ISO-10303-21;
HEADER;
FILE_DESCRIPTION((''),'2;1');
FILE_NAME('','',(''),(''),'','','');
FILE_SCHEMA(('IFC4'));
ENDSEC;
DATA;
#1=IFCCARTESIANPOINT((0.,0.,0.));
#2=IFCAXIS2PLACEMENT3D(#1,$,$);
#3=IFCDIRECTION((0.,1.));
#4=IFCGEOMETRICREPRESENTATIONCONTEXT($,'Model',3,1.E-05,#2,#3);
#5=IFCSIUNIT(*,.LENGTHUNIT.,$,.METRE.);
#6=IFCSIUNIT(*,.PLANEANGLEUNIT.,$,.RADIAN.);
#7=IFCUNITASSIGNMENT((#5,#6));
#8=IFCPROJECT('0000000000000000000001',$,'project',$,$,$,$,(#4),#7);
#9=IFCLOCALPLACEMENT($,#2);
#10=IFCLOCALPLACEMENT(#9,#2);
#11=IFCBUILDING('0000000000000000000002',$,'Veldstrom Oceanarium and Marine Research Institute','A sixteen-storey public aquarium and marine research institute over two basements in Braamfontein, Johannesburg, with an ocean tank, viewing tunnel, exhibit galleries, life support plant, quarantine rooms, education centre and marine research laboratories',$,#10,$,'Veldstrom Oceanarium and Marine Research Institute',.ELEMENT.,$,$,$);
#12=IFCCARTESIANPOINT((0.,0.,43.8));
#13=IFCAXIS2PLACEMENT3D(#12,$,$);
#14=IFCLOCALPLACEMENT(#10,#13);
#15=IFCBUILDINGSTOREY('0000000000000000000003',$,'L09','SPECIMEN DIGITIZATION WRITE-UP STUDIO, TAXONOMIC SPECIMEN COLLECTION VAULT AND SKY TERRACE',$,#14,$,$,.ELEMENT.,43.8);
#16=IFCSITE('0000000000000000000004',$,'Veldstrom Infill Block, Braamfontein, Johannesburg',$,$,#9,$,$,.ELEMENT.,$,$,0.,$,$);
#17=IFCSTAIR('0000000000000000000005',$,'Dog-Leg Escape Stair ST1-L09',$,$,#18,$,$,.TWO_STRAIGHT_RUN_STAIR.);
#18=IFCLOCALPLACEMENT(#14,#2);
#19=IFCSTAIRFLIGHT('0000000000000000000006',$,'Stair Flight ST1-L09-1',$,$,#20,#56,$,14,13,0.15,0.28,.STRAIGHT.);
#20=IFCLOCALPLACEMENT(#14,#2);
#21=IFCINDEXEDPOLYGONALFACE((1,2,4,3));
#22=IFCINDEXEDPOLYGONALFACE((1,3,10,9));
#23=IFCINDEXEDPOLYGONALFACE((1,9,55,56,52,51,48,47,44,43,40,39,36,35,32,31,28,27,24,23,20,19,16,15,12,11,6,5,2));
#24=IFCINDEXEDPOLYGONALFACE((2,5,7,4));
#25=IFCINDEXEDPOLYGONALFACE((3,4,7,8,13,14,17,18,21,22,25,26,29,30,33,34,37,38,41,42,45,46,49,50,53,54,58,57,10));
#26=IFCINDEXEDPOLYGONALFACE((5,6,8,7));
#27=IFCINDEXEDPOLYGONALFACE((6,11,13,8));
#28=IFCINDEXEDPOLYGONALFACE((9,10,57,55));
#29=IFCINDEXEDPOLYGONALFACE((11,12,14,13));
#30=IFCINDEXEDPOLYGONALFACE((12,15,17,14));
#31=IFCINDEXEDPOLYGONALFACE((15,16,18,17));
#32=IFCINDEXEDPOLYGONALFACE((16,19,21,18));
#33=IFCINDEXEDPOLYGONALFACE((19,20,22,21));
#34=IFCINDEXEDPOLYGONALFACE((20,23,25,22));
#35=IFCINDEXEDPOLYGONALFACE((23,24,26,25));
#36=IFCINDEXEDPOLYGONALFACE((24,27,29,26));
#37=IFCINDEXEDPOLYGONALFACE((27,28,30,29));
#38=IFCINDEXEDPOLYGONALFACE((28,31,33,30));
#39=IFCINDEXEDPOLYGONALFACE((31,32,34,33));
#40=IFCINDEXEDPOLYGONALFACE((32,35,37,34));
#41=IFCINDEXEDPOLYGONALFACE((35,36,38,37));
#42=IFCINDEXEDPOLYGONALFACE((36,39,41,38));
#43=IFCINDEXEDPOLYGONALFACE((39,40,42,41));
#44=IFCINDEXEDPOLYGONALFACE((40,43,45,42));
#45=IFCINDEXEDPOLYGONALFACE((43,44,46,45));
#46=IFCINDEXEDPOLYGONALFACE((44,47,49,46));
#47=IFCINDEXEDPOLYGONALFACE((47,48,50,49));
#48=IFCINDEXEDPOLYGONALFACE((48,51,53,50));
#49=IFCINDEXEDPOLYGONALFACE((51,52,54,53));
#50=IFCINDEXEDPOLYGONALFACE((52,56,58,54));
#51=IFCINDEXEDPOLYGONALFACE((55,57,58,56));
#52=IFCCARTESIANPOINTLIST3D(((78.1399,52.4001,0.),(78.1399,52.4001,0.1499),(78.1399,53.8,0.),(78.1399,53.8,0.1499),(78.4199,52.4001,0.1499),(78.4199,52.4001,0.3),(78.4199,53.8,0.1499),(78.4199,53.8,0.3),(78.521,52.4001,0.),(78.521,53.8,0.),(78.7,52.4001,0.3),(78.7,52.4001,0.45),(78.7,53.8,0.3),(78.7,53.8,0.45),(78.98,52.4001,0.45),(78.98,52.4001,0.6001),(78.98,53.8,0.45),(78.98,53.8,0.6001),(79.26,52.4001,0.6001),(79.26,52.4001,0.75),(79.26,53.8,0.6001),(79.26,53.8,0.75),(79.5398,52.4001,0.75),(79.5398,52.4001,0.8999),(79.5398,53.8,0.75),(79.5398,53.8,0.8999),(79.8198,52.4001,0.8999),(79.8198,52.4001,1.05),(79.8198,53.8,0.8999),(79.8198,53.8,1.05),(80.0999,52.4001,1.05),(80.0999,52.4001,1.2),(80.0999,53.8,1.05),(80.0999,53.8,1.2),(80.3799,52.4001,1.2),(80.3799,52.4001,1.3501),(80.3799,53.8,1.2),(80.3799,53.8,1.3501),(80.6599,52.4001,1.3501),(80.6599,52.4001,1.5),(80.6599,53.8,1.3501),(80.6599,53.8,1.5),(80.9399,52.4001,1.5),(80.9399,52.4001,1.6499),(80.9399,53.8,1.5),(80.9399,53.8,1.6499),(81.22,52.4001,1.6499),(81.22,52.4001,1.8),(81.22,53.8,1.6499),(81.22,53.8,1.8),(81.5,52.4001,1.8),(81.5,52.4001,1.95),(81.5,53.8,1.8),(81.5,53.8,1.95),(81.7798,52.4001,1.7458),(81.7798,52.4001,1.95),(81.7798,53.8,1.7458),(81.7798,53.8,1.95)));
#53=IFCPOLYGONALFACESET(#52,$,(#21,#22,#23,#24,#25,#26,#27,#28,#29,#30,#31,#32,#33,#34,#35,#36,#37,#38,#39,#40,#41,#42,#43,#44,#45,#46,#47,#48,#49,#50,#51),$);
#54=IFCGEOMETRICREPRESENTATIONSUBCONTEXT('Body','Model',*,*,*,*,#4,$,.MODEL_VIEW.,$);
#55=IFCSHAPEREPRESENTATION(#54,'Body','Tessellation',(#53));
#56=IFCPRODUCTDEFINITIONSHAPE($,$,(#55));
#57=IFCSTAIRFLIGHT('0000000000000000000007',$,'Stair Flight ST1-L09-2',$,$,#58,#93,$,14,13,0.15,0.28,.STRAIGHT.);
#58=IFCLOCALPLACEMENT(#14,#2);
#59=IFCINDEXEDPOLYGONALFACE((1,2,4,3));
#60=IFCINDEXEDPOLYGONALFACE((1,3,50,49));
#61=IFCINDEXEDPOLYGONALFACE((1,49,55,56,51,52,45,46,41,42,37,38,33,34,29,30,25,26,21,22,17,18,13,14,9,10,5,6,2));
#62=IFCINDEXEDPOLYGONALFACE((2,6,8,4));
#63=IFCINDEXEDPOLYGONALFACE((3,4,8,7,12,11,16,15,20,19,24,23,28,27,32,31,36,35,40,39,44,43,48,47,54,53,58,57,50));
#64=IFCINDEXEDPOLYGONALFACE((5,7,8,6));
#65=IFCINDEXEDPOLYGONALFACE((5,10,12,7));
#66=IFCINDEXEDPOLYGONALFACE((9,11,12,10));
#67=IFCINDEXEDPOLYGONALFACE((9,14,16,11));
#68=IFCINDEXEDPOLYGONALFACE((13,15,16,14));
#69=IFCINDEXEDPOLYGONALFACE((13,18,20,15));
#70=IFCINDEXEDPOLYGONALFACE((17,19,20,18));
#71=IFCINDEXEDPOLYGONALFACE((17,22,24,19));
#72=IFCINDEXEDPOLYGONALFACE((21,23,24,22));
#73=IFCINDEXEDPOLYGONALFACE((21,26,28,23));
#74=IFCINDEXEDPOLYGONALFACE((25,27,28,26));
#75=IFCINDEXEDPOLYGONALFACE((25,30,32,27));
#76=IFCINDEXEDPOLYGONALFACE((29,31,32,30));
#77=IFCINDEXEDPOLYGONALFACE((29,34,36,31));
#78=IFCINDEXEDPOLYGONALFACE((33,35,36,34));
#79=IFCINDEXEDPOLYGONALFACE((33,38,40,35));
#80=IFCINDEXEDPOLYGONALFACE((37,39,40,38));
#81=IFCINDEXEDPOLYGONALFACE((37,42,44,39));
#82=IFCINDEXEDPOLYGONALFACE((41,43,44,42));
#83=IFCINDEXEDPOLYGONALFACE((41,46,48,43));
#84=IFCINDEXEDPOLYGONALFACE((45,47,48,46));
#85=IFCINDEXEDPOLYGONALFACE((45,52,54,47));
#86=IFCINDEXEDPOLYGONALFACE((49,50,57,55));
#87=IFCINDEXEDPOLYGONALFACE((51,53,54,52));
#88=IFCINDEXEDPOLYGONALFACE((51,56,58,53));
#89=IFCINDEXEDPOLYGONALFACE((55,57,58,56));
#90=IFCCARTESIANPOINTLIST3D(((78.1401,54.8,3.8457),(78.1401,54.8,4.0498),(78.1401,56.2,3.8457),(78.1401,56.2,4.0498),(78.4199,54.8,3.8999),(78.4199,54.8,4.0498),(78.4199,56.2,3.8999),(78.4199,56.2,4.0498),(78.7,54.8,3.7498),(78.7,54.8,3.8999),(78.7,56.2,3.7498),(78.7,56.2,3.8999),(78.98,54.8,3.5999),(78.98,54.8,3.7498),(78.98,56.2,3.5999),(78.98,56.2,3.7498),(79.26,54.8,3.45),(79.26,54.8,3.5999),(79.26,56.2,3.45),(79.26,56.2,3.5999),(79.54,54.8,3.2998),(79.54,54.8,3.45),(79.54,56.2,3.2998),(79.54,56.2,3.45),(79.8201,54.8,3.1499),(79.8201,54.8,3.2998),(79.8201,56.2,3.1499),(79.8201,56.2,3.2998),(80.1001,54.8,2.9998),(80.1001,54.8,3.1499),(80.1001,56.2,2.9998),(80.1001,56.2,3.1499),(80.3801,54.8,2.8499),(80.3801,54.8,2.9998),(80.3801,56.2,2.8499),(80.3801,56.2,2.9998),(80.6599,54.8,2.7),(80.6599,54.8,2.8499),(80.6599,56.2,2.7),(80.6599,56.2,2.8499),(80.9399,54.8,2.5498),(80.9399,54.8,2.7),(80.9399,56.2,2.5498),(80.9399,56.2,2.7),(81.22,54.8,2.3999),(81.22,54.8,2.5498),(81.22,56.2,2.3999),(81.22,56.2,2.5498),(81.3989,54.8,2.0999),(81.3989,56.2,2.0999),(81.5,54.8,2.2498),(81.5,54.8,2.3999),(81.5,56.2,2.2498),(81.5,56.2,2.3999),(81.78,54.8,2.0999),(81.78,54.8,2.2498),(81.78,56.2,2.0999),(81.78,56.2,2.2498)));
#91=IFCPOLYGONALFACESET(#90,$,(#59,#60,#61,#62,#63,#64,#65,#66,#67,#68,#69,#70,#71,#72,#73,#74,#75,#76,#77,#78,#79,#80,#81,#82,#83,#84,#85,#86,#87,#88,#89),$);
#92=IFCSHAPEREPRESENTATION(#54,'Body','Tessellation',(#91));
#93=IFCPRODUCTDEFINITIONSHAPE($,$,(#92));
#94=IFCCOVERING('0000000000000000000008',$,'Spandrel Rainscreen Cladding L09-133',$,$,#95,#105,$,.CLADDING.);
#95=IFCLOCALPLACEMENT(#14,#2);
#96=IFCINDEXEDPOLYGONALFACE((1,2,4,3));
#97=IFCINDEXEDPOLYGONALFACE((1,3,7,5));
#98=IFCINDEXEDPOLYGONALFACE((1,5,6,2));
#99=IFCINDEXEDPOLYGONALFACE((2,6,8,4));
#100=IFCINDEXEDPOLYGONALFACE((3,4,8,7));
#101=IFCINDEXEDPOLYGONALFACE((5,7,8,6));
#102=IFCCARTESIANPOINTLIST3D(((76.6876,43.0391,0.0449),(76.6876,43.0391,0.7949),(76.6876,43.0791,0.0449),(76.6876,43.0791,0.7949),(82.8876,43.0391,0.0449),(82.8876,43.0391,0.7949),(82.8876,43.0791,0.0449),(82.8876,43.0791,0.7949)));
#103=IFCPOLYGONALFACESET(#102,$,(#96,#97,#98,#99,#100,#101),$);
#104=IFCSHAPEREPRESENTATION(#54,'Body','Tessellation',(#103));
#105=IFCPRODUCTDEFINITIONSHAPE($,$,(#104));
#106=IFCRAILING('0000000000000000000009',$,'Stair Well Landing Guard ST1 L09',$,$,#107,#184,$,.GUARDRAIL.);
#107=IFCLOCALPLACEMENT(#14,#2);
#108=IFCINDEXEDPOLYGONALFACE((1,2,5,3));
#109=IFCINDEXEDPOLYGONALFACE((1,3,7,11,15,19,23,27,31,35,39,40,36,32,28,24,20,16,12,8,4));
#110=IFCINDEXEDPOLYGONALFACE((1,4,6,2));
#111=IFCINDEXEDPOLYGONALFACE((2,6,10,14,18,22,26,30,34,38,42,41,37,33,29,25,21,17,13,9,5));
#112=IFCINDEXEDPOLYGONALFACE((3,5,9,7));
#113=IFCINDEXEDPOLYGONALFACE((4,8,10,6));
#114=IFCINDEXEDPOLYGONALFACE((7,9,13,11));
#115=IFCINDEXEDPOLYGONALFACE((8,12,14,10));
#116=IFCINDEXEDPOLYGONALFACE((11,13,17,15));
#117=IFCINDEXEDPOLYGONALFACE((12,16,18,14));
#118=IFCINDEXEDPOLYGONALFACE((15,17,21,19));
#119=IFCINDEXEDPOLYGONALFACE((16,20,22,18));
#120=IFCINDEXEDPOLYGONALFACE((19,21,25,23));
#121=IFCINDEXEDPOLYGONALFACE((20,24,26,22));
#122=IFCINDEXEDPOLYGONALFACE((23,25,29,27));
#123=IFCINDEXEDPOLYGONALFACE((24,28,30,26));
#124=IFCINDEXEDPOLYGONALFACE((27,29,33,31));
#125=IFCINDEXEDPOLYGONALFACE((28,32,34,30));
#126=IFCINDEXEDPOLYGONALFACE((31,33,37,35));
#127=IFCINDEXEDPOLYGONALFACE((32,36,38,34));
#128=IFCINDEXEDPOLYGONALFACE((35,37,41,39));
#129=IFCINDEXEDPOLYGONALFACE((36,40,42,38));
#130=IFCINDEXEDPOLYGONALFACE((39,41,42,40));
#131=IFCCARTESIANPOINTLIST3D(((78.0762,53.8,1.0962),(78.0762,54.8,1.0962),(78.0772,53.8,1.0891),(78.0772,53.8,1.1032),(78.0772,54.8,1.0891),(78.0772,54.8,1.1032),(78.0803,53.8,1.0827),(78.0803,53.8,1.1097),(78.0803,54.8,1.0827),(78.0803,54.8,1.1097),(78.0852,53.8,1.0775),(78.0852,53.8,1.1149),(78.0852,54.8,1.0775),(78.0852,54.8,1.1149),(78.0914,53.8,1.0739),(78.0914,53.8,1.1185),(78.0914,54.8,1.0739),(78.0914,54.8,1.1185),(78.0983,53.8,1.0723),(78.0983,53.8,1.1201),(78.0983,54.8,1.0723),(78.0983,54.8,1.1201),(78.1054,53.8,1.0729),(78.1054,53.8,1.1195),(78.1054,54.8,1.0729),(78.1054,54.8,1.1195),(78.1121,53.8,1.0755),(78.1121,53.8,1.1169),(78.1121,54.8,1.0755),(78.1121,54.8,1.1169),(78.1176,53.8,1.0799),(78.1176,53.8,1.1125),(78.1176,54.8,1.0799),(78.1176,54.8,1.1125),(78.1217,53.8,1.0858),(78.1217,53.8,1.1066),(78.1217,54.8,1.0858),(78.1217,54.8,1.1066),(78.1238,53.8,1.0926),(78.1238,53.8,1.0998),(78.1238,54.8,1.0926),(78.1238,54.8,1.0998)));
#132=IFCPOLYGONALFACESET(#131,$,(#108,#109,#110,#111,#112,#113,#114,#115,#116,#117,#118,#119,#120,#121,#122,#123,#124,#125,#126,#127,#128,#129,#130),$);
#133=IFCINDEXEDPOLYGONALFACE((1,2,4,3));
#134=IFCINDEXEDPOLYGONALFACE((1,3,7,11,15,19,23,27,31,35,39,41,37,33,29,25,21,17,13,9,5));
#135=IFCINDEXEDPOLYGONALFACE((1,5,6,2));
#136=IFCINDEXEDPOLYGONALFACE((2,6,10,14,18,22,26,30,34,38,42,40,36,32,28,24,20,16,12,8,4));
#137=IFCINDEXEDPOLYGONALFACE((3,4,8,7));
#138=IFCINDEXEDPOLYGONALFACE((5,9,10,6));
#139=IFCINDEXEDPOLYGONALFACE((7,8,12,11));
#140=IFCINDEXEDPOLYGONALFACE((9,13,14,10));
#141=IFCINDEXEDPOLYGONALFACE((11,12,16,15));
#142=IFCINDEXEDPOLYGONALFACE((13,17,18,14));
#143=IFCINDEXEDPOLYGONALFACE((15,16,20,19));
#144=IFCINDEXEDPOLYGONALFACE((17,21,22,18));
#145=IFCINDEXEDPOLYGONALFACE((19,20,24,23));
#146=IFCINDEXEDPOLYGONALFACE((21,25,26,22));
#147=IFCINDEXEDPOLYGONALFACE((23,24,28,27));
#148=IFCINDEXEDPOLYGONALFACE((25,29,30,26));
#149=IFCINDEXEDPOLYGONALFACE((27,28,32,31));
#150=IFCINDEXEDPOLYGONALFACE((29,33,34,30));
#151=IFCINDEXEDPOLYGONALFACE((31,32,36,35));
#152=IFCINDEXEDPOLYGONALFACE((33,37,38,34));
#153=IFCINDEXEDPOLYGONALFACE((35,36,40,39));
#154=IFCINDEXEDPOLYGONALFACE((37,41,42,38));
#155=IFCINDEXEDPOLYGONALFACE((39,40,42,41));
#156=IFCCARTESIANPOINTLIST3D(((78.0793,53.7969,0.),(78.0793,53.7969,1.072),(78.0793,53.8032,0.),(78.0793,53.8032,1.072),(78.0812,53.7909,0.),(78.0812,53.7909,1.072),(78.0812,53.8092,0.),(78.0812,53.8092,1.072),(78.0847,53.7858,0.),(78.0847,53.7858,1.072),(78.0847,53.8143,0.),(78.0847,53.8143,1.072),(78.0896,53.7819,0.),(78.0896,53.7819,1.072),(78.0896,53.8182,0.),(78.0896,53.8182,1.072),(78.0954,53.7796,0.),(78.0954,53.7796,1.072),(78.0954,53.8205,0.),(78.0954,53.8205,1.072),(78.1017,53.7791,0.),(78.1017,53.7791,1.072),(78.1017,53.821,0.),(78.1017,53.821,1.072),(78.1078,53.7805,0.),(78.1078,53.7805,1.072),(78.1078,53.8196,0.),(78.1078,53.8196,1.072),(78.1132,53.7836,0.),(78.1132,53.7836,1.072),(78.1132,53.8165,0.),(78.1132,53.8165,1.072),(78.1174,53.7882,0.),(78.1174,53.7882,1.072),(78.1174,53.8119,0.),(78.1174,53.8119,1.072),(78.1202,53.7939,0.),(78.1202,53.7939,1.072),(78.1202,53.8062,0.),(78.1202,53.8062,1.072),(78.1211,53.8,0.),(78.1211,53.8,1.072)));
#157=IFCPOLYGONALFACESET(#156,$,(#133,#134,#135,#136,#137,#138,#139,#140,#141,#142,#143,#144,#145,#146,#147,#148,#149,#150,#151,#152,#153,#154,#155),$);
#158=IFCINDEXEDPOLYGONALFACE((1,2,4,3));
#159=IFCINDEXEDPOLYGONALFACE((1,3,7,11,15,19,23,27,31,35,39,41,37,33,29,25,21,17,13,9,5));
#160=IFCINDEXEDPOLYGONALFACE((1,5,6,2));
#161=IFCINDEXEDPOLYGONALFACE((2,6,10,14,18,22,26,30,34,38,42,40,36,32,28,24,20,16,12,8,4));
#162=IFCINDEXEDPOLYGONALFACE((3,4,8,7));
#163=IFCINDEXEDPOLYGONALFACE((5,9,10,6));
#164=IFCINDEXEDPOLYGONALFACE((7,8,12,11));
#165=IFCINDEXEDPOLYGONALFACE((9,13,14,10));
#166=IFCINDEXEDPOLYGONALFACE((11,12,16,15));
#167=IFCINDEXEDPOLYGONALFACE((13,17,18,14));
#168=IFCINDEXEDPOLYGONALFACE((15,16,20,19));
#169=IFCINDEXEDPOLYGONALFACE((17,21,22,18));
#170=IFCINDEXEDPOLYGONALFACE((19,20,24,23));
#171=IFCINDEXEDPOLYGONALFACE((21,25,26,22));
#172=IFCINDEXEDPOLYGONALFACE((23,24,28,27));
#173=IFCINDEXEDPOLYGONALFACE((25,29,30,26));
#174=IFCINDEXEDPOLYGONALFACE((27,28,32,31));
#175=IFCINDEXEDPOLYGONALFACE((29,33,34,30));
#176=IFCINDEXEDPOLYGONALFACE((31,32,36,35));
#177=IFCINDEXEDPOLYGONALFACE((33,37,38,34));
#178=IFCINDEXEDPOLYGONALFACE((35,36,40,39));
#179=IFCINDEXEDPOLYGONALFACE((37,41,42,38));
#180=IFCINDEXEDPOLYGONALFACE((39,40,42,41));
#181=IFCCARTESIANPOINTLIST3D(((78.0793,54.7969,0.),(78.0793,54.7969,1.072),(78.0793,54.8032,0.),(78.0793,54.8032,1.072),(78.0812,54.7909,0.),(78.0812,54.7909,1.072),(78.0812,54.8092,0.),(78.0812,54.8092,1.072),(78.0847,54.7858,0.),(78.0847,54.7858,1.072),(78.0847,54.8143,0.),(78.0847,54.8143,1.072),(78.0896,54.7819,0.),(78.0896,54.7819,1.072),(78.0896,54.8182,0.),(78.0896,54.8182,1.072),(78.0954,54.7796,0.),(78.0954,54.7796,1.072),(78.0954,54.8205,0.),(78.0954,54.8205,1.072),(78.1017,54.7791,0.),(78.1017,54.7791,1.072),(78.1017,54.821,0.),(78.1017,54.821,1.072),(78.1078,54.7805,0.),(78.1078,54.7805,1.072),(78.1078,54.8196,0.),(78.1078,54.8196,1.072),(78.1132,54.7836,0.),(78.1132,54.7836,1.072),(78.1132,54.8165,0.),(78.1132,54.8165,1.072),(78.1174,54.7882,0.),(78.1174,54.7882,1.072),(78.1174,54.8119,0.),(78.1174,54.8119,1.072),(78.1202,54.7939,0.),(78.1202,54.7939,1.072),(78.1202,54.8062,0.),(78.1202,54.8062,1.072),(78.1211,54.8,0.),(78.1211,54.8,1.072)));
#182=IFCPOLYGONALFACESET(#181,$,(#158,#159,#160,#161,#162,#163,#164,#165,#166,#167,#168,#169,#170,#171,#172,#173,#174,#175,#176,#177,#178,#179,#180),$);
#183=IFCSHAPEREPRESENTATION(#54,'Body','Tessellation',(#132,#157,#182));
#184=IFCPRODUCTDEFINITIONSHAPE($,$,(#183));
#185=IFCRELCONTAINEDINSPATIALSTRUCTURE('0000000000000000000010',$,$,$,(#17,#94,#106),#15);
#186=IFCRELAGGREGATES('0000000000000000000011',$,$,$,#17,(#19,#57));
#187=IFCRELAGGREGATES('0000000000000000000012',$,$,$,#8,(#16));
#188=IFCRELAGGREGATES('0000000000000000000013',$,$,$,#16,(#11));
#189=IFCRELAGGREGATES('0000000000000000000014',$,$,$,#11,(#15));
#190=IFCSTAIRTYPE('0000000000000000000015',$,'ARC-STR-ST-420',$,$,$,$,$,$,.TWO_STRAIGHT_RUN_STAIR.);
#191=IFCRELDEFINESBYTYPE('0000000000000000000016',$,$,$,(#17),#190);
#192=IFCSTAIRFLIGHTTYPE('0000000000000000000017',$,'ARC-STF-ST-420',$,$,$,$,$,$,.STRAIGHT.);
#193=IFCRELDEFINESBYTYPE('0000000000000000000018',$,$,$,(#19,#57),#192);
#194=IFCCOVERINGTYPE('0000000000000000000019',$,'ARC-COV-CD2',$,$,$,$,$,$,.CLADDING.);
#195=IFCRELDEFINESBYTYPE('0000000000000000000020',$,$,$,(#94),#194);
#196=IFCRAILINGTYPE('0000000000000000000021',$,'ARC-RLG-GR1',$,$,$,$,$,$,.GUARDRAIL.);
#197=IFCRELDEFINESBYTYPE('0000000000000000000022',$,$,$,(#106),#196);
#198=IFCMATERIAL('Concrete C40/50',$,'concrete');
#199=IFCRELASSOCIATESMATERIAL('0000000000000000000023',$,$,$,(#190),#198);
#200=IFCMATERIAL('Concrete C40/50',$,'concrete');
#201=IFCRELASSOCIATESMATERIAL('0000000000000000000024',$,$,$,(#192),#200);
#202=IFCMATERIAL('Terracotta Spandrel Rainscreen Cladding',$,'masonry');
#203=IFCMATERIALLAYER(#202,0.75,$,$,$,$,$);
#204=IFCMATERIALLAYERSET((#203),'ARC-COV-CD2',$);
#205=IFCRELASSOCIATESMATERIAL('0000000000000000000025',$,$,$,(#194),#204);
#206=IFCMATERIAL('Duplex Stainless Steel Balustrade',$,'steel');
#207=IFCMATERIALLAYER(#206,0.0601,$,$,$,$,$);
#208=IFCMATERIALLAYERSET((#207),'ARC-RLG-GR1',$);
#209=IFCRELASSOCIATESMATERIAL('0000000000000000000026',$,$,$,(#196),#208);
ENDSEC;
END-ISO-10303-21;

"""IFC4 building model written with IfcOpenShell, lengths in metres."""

from ifc_helpers import new_model, si_unit, direction, frame, origin, origin_2d, place, context, subcontext, project, spatial, polyline, rectangle, circle, outline, extrude, material, layer, layer_set, type_object, element, aggregate, save


model = new_model("IFC4")

# Units and contexts
model_context = context("Model", 3, precision=1e-05, world=origin(), true_north=direction((0.0, 1.0)))
body_context = subcontext(model_context, "Body", "Model", "MODEL_VIEW")
ifc_project = project(units=[si_unit("LENGTHUNIT", "METRE"), si_unit("PLANEANGLEUNIT", "RADIAN")], contexts=[model_context])

# Site, building, storey
site_placement = place(None, origin())
site = spatial("IfcSite", under=ifc_project, at=site_placement, Name="Veldstrom Infill Block, Braamfontein, Johannesburg", CompositionType="ELEMENT", RefElevation=0.0)
building_placement = place(site_placement, origin())
building = spatial("IfcBuilding", under=site, at=building_placement, Name="Veldstrom Oceanarium and Marine Research Institute", Description="A sixteen-storey public aquarium and marine research institute over two basements in Braamfontein, Johannesburg, with an ocean tank, viewing tunnel, exhibit galleries, life support plant, quarantine rooms, education centre and marine research laboratories", LongName="Veldstrom Oceanarium and Marine Research Institute", CompositionType="ELEMENT")
storey_placement = place(building_placement, frame((0.0, 0.0, 43.8)))
storey = spatial("IfcBuildingStorey", under=building, at=storey_placement, Name="L09", Description="SPECIMEN DIGITIZATION WRITE-UP STUDIO, TAXONOMIC SPECIMEN COLLECTION VAULT AND SKY TERRACE", CompositionType="ELEMENT", Elevation=43.8)

# Stair, stair flights
ifc_material_1 = material(Name="Concrete C40/50", Category="concrete")
stair_type = type_object("IfcStairType", Name="ARC-STR-ST-420", PredefinedType="TWO_STRAIGHT_RUN_STAIR", material=ifc_material_1)
stair_placement = place(storey_placement, origin())
stair = element("IfcStair", 1, at=stair_placement, inside=storey, type_object=stair_type, Name="Dog-Leg Escape Stair ST1-L09", PredefinedType="TWO_STRAIGHT_RUN_STAIR")
ifc_material_2 = material(Name="Concrete C40/50", Category="concrete")
stair_flight_type = type_object("IfcStairFlightType", Name="ARC-STF-ST-420", PredefinedType="STRAIGHT", material=ifc_material_2)
stair_flight_1_placement = place(storey_placement, frame((78.1399, 53.1001, 0.0), z_axis=(0.0, 0.0, 1.0), x_axis=(1.0, 0.0, 0.0)))
stair_flight_1 = element("IfcStairFlight", 2, at=stair_flight_1_placement, type_object=stair_flight_type, Name="Stair Flight ST1-L09-1", NumberOfRisers=14, NumberOfTreads=13, PredefinedType="STRAIGHT", RiserHeight=0.15, TreadLength=0.28, context=body_context, shape_type="SweptSolid", body=[
    extrude(outline(polyline([(0.0, 0.0), (0.0, 0.1499), (0.28, 0.1499), (0.28, 0.3), (0.5601, 0.3), (0.5601, 0.45), (0.8401, 0.45), (0.8401, 0.6001), (1.1201, 0.6001), (1.1201, 0.75), (1.3999, 0.75), (1.3999, 0.8999), (1.6799, 0.8999), (1.6799, 1.05), (1.96, 1.05), (1.96, 1.2), (2.24, 1.2), (2.24, 1.3501), (2.52, 1.3501), (2.52, 1.5), (2.8, 1.5), (2.8, 1.6499), (3.0801, 1.6499), (3.0801, 1.8), (3.3601, 1.8), (3.3601, 1.95), (3.6399, 1.95), (3.6399, 2.1001), (3.6399, 1.7458), (0.3811, 0.0), (0.0, 0.0)])), frame((0.0, 0.7, 0.0), z_axis=(0.0, -1.0, 0.0), x_axis=(1.0, 0.0, 0.0)), (0.0, 0.0, 1.0), 1.3999),
])
stair_flight_2_placement = place(storey_placement, frame((81.78, 55.5, 2.0999), z_axis=(0.0, 0.0, 1.0), x_axis=(-1.0, 0.0, 0.0)))
stair_flight_2 = element("IfcStairFlight", 3, at=stair_flight_2_placement, type_object=stair_flight_type, Name="Stair Flight ST1-L09-2", NumberOfRisers=14, NumberOfTreads=13, PredefinedType="STRAIGHT", RiserHeight=0.15, TreadLength=0.28, context=body_context, shape_type="SweptSolid", body=[
    extrude(outline(polyline([(0.0, 0.0), (0.0, 0.1499), (0.28, 0.1499), (0.28, 0.3), (0.5601, 0.3), (0.5601, 0.45), (0.8401, 0.45), (0.8401, 0.6001), (1.1201, 0.6001), (1.1201, 0.75), (1.3999, 0.75), (1.3999, 0.8999), (1.6799, 0.8999), (1.6799, 1.05), (1.96, 1.05), (1.96, 1.2), (2.24, 1.2), (2.24, 1.3501), (2.52, 1.3501), (2.52, 1.5), (2.8, 1.5), (2.8, 1.6499), (3.0801, 1.6499), (3.0801, 1.8), (3.3601, 1.8), (3.3601, 1.95), (3.6399, 1.95), (3.6399, 2.1001), (3.6399, 1.7458), (0.3811, 0.0), (0.0, 0.0)])), frame((0.0, 0.7, 0.0), z_axis=(0.0, -1.0, 0.0), x_axis=(1.0, 0.0, 0.0)), (0.0, 0.0, 1.0), 1.3999),
])
aggregate(stair, [stair_flight_1, stair_flight_2])

# Covering
ifc_material_3 = material(Name="Terracotta Spandrel Rainscreen Cladding", Category="masonry")
ifc_layer_1 = layer(ifc_material_3, 0.75)
ifc_layer_set_1 = layer_set([ifc_layer_1], Name="ARC-COV-CD2")
covering_type = type_object("IfcCoveringType", Name="ARC-COV-CD2", PredefinedType="CLADDING", material=ifc_layer_set_1)
covering_placement = place(storey_placement, frame((79.7876, 43.0591, 0.0449), z_axis=(0.0, 0.0, 1.0), x_axis=(1.0, 0.0, 0.0)))
element("IfcCovering", 4, at=covering_placement, inside=storey, type_object=covering_type, Name="Spandrel Rainscreen Cladding L09-133", PredefinedType="CLADDING", context=body_context, shape_type="SweptSolid", body=[
    extrude(rectangle(XDim=6.2, YDim=0.04, at=origin_2d()), origin(), (0.0, 0.0, 1.0), 0.75),
])

# Railing
ifc_material_4 = material(Name="Duplex Stainless Steel Balustrade", Category="steel")
ifc_layer_2 = layer(ifc_material_4, 0.0601)
ifc_layer_set_2 = layer_set([ifc_layer_2], Name="ARC-RLG-GR1")
railing_type_1 = type_object("IfcRailingType", Name="ARC-RLG-GR1", PredefinedType="GUARDRAIL", material=ifc_layer_set_2)
railing_1_placement = place(storey_placement, frame((78.1001, 53.8, 0.0)))
element("IfcRailing", 5, at=railing_1_placement, inside=storey, type_object=railing_type_1, Name="Stair Well Landing Guard ST1 L09", PredefinedType="GUARDRAIL", context=body_context, shape_type="SweptSolid", body=[
    extrude(circle(Radius=0.0239, at=origin_2d()), frame((0.0, 0.0, 1.0962), z_axis=(0.0, 1.0, 0.0), x_axis=(-1.0, 0.0, 0.0)), (0.0, 0.0, 1.0), 1.0),
    extrude(circle(Radius=0.021, at=origin_2d()), origin(), (0.0, 0.0, 1.0), 1.072),
    extrude(circle(Radius=0.021, at=origin_2d()), frame((0.0, 1.0, 0.0)), (0.0, 0.0, 1.0), 1.072),
])

save(model, "model.ifc")
